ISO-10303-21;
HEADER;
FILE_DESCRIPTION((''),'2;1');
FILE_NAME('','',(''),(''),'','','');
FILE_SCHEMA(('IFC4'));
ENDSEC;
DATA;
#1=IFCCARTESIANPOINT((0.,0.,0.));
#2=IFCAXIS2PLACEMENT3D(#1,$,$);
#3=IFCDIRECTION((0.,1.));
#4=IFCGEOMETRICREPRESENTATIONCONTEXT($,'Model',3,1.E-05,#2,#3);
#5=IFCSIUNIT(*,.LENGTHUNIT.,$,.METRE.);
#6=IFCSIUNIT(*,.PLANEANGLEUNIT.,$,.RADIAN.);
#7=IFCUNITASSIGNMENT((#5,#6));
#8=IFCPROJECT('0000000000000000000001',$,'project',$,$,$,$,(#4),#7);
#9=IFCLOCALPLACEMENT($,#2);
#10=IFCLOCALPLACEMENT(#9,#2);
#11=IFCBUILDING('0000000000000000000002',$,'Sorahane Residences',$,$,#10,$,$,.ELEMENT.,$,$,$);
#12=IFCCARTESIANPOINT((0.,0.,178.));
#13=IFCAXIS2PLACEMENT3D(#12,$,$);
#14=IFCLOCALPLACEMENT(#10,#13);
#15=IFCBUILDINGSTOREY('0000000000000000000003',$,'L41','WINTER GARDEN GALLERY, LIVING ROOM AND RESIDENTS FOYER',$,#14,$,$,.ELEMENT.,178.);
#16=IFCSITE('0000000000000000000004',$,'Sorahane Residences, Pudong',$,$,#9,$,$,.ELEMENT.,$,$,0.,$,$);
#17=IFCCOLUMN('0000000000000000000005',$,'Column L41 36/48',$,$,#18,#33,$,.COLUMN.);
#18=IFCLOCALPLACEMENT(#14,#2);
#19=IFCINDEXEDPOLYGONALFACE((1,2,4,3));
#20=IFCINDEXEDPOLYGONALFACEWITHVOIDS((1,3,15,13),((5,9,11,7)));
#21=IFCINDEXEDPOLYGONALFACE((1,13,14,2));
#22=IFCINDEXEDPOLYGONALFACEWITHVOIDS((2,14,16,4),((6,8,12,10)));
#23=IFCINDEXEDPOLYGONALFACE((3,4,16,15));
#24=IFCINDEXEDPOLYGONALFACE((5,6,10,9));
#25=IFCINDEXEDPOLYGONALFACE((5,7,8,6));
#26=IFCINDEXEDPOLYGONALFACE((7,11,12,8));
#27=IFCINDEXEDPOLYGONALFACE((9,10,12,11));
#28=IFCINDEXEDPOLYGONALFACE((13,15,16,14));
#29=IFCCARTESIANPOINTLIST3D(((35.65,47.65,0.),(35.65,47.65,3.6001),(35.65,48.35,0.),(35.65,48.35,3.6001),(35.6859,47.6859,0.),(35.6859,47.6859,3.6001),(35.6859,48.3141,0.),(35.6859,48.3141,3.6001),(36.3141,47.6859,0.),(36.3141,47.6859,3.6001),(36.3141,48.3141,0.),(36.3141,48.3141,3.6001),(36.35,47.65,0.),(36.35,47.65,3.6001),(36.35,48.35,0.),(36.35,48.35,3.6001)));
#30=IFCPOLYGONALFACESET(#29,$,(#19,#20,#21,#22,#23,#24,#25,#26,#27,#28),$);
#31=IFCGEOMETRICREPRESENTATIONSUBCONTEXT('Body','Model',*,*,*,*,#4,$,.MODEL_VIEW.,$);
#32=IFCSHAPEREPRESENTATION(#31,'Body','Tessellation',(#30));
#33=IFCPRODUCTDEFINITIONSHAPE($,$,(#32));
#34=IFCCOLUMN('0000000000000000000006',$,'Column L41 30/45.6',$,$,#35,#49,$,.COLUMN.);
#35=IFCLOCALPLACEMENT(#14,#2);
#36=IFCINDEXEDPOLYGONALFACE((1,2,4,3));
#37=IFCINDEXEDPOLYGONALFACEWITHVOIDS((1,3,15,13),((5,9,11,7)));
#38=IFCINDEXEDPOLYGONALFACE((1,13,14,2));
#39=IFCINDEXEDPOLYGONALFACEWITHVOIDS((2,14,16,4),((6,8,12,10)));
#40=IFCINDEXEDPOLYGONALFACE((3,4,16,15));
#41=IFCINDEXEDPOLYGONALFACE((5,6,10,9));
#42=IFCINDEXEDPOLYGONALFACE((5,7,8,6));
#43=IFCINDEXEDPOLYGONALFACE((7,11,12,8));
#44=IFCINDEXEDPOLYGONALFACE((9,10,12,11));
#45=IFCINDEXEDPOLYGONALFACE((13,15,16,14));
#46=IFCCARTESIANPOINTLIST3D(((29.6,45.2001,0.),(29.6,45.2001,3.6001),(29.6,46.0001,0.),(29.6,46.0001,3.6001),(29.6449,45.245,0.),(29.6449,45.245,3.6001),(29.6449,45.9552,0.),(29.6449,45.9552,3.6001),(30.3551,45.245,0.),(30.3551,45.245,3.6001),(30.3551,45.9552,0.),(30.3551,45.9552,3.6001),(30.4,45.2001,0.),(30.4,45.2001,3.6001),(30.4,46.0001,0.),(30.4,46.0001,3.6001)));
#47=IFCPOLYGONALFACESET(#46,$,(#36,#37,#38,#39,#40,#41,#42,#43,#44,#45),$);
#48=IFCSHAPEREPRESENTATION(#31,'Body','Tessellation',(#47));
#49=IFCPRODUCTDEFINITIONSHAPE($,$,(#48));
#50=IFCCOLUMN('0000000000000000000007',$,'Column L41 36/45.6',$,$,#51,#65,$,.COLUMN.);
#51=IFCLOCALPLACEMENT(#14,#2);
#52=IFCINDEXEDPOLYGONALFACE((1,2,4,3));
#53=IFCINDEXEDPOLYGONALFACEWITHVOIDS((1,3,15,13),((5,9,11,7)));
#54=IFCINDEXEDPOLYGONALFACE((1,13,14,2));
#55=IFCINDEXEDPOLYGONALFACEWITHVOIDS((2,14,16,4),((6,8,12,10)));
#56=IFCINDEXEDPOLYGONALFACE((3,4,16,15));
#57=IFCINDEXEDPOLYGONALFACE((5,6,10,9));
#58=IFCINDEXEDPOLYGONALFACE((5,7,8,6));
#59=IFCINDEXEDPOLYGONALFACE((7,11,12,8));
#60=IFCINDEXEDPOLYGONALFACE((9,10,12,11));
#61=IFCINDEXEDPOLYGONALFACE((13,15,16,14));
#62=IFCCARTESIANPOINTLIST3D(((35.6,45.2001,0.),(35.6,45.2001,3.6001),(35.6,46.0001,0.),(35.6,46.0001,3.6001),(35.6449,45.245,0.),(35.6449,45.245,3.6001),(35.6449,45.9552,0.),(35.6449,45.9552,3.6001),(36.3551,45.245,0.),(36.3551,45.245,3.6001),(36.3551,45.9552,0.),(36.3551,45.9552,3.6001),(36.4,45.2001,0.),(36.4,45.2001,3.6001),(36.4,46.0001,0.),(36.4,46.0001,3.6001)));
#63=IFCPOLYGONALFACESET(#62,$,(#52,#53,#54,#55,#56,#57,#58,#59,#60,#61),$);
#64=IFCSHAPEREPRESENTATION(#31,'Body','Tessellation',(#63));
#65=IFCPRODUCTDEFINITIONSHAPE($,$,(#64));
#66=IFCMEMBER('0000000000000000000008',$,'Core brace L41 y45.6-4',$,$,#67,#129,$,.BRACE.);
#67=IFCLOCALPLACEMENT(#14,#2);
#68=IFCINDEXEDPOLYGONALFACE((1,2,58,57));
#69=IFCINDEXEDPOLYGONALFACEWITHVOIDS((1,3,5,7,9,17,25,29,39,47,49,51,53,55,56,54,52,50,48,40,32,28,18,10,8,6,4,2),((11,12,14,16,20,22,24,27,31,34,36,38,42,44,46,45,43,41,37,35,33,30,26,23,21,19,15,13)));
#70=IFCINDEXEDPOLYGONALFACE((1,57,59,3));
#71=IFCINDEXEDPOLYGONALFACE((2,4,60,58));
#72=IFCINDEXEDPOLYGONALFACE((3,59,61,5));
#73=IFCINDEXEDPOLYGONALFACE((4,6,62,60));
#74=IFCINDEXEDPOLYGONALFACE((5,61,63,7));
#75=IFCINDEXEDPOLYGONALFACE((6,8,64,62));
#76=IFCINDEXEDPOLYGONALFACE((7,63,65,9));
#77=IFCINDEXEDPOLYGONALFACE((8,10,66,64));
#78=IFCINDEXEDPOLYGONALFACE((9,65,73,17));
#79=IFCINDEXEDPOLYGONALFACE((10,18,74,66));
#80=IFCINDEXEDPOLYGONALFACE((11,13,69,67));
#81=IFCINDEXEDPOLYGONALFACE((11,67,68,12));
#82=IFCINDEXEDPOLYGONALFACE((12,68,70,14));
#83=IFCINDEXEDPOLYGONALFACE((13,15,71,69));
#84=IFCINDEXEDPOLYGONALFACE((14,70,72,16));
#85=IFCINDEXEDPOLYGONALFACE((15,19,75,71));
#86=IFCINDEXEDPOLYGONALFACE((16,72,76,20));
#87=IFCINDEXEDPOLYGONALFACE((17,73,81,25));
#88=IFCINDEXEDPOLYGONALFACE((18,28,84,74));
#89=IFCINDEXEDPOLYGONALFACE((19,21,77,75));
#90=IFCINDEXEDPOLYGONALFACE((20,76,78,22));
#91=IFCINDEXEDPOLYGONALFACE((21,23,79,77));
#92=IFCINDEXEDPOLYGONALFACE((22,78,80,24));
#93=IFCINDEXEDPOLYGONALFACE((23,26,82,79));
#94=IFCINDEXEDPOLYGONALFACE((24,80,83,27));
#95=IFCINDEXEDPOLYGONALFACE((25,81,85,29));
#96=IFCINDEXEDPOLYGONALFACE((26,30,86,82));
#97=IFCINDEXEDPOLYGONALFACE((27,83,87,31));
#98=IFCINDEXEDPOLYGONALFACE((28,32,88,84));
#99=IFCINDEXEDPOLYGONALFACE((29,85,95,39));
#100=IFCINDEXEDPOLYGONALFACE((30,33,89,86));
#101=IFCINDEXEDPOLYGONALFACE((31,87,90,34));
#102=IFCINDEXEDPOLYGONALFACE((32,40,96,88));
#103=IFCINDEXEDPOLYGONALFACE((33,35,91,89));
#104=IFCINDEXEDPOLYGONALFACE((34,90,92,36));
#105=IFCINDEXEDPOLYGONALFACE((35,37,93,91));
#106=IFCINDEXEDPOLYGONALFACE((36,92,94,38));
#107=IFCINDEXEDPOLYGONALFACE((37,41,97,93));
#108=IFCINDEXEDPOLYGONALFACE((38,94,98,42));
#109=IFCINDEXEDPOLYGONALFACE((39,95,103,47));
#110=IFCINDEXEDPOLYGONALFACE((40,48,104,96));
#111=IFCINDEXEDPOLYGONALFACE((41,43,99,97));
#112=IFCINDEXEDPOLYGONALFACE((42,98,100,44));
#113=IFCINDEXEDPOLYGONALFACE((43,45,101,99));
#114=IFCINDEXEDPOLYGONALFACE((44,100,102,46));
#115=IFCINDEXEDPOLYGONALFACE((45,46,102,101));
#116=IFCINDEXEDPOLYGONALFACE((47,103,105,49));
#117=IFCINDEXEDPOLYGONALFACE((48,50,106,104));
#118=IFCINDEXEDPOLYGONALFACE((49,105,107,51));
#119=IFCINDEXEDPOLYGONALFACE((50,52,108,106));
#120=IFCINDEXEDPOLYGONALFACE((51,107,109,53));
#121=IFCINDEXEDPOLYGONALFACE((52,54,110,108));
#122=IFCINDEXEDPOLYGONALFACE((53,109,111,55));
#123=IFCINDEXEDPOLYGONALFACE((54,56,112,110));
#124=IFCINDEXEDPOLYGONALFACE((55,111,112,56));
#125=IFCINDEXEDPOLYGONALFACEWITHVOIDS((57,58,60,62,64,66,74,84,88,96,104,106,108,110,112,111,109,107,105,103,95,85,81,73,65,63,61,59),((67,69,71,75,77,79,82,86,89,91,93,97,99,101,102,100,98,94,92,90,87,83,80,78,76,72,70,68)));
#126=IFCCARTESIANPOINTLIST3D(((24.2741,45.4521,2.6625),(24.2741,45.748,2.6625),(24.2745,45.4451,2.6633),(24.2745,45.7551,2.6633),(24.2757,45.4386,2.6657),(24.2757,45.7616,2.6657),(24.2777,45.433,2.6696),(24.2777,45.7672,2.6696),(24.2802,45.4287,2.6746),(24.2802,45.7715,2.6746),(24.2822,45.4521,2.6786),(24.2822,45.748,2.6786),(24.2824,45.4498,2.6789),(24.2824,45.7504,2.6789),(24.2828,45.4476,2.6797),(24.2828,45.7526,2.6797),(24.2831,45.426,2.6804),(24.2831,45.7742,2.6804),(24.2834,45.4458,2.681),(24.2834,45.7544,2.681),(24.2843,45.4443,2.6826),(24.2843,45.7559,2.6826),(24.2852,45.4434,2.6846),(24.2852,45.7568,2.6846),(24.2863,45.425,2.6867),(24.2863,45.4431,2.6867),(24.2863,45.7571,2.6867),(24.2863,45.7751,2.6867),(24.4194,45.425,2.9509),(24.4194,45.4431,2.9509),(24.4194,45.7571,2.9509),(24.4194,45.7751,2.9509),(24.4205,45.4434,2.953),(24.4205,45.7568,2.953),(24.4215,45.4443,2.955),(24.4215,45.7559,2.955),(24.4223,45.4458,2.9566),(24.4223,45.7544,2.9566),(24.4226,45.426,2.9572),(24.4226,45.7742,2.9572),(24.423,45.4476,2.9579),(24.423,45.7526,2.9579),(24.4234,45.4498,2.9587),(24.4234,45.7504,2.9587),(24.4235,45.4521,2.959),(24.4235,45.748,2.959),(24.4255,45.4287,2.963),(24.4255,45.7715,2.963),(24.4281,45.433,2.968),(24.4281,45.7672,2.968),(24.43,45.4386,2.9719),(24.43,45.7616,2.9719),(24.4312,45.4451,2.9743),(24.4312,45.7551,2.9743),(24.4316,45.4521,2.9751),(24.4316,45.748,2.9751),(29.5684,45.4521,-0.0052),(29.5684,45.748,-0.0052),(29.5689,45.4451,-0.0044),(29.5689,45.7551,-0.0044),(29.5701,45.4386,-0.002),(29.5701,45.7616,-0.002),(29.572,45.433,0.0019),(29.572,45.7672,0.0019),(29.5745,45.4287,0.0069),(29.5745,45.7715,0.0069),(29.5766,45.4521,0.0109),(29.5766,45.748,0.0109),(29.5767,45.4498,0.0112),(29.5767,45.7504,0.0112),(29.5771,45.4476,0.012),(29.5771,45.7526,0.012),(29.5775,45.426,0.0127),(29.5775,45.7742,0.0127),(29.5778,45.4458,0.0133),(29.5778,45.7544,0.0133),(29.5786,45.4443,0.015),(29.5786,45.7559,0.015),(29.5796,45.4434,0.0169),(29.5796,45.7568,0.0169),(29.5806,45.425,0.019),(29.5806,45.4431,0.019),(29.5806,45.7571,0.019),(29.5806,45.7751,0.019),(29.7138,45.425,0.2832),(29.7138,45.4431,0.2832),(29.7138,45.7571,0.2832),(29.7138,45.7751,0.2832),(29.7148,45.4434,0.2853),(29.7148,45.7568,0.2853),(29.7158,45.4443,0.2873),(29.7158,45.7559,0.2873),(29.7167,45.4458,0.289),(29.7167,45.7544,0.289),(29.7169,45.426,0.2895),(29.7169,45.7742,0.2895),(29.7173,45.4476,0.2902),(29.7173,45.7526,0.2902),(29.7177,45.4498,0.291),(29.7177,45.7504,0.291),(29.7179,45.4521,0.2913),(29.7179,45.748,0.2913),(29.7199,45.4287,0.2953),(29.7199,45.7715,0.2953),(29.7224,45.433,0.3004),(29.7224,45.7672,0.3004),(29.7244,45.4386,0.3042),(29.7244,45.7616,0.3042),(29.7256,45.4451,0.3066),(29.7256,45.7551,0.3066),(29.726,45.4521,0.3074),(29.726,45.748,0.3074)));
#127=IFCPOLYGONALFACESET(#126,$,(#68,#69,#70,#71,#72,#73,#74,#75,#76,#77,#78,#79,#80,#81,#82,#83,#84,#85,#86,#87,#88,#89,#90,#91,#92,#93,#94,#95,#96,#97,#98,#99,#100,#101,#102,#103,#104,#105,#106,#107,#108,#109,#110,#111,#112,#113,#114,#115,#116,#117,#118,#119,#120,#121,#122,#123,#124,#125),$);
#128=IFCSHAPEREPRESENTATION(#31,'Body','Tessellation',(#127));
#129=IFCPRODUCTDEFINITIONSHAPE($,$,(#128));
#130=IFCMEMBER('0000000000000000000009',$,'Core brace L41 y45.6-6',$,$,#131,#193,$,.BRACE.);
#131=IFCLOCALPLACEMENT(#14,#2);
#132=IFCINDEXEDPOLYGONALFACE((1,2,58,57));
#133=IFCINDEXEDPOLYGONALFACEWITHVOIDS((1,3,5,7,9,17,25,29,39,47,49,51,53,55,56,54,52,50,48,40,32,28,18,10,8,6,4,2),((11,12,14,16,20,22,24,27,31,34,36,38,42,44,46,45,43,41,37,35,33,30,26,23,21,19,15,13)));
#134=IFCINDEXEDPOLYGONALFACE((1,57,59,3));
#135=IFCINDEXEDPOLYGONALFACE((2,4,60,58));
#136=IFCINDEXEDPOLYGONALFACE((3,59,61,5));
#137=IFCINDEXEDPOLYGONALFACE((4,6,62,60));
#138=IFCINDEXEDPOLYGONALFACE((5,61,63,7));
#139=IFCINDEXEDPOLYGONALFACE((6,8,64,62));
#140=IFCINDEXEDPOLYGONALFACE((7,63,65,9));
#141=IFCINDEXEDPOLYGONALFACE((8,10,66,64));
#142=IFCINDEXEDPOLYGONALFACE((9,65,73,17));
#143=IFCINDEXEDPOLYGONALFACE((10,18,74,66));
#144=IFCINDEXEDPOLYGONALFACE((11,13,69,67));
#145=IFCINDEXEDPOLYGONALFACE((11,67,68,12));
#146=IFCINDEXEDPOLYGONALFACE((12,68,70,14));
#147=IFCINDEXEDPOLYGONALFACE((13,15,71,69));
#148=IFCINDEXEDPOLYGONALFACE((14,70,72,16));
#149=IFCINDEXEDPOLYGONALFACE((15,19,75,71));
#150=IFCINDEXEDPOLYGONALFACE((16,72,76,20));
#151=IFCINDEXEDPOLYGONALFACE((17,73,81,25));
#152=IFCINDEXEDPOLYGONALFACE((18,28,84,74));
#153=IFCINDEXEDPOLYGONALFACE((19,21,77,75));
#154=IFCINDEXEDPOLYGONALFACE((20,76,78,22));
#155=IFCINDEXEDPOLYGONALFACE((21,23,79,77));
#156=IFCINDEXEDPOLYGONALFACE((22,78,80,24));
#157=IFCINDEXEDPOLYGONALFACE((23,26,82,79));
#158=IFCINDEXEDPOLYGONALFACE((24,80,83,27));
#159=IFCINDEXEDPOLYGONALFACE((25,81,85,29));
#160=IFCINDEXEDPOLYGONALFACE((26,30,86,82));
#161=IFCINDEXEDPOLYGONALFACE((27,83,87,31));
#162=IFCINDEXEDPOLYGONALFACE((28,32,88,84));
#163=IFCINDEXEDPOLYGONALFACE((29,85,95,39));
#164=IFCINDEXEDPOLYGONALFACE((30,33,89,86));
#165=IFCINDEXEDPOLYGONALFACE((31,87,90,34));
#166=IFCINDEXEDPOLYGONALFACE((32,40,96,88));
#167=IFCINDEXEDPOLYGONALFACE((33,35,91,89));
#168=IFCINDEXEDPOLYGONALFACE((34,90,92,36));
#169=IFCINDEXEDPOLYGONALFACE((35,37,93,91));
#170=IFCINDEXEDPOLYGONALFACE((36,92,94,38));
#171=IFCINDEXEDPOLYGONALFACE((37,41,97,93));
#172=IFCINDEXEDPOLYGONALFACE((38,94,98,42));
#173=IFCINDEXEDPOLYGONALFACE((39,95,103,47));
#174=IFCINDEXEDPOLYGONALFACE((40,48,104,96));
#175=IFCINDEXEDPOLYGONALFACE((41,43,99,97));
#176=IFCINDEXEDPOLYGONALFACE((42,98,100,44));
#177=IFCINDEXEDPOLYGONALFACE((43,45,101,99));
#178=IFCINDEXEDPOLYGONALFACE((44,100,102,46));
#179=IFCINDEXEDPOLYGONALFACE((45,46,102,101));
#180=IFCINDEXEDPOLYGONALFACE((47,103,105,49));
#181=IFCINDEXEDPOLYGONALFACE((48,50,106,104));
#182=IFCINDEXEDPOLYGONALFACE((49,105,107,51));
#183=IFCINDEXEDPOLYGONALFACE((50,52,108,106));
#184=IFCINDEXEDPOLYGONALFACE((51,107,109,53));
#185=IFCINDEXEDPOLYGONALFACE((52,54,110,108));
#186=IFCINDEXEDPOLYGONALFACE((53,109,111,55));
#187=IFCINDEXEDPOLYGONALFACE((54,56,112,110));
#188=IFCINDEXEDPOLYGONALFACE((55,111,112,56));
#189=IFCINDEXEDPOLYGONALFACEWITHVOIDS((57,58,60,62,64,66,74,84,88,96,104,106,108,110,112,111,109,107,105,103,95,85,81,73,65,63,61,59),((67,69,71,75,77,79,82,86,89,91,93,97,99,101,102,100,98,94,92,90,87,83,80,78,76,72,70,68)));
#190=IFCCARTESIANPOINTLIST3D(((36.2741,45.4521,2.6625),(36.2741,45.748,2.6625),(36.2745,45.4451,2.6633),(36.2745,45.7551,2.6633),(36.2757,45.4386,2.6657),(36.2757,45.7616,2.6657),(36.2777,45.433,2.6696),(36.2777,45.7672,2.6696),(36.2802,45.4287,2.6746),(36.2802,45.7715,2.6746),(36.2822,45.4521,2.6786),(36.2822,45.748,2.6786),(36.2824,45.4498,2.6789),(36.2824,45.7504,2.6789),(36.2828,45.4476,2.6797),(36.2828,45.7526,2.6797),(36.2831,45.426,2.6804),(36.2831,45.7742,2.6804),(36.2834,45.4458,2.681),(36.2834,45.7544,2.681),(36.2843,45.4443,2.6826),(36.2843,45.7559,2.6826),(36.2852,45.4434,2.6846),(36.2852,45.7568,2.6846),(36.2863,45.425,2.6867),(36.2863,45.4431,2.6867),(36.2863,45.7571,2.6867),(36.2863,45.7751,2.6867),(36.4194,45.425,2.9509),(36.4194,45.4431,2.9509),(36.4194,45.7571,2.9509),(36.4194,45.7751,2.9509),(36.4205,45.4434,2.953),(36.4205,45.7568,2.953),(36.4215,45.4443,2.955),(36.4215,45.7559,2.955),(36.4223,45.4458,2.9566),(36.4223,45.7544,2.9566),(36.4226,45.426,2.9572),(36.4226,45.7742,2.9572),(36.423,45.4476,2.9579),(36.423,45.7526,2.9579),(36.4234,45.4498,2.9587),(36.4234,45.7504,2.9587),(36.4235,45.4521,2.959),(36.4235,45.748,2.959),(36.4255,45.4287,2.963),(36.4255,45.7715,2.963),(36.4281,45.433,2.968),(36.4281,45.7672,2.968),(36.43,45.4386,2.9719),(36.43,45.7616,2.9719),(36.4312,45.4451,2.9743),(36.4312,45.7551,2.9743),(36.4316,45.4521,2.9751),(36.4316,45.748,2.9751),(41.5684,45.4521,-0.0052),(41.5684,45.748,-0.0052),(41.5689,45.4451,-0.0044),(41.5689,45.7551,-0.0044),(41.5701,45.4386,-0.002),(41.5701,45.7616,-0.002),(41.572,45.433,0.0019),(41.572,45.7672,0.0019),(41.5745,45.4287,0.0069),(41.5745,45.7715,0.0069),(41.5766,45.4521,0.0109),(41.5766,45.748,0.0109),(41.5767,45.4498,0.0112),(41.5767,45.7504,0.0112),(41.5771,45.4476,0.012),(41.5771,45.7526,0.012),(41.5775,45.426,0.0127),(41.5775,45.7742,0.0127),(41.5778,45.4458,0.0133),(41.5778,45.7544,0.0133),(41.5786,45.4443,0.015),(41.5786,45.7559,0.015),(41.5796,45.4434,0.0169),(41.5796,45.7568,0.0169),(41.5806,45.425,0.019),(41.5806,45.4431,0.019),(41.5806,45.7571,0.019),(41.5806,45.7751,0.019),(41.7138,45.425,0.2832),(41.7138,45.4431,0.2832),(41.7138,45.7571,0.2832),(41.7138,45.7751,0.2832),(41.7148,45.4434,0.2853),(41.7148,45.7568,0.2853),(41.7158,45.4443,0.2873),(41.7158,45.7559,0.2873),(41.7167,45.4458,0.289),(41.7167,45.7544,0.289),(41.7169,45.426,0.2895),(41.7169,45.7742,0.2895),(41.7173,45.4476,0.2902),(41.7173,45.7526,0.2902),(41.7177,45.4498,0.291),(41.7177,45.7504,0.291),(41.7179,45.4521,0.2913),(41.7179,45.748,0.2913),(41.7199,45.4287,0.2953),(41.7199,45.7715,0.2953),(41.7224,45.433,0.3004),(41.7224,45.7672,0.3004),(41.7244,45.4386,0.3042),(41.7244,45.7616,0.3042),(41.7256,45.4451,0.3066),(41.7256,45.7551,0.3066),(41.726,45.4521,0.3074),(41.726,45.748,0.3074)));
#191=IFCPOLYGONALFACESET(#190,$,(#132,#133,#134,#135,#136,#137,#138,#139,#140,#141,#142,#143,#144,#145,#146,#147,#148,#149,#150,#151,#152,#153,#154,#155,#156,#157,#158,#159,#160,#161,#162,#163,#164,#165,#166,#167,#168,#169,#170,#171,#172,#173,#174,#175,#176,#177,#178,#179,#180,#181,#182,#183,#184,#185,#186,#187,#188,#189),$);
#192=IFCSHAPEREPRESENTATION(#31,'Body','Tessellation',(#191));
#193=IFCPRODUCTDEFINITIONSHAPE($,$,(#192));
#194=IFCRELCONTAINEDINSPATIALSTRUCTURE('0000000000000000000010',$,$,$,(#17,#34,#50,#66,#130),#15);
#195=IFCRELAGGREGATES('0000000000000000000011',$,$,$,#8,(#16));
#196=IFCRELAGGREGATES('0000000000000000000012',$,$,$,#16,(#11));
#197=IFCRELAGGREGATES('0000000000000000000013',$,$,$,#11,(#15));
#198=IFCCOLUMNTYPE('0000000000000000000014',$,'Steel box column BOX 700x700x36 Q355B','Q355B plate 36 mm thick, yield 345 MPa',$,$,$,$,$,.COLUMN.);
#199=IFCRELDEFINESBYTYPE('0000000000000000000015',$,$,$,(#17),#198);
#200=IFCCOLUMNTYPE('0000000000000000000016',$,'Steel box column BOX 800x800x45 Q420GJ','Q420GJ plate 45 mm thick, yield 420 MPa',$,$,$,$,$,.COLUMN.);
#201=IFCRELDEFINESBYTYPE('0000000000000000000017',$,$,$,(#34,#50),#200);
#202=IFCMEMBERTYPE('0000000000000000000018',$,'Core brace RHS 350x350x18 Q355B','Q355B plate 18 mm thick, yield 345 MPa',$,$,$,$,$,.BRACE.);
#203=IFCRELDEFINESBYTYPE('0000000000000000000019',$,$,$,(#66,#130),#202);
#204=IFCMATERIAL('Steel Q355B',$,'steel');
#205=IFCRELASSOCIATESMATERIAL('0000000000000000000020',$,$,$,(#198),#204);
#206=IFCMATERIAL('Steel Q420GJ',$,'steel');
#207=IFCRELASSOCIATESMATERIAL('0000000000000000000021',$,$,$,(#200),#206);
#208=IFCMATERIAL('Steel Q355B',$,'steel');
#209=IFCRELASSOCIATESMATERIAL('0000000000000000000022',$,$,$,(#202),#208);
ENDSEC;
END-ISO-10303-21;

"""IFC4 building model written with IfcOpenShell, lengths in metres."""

from ifc_helpers import new_model, si_unit, direction, frame, origin, origin_2d, place, context, subcontext, project, spatial, hollow_rectangle, extrude, material, material_profile, profile_set, type_object, element, save


model = new_model("IFC4")

# Units and contexts
model_context = context("Model", 3, precision=1e-05, world=origin(), true_north=direction((0.0, 1.0)))
body_context = subcontext(model_context, "Body", "Model", "MODEL_VIEW")
ifc_project = project(units=[si_unit("LENGTHUNIT", "METRE"), si_unit("PLANEANGLEUNIT", "RADIAN")], contexts=[model_context])

# Site, building, storey
site_placement = place(None, origin())
site = spatial("IfcSite", under=ifc_project, at=site_placement, Name="Sorahane Residences, Pudong", CompositionType="ELEMENT", RefElevation=0.0)
building_placement = place(site_placement, origin())
building = spatial("IfcBuilding", under=site, at=building_placement, Name="Sorahane Residences", CompositionType="ELEMENT")
storey_placement = place(building_placement, frame((0.0, 0.0, 178.0)))
storey = spatial("IfcBuildingStorey", under=building, at=storey_placement, Name="L41", Description="WINTER GARDEN GALLERY, LIVING ROOM AND RESIDENTS FOYER", CompositionType="ELEMENT", Elevation=178.0)

# Columns
ifc_material_1 = material(Name="Steel Q355B", Category="steel")
ifc_material_profile_1 = material_profile(ifc_material_1, hollow_rectangle(XDim=0.7, YDim=0.7, WallThickness=0.0359, at=origin_2d()), Name="BOX 700x700x36")
ifc_profile_set_1 = profile_set([ifc_material_profile_1], Name="Steel Q355B")
column_type_1 = type_object("IfcColumnType", Name="Steel box column BOX 700x700x36 Q355B", Description="Q355B plate 36 mm thick, yield 345 MPa", PredefinedType="COLUMN", material=ifc_profile_set_1)
column_placement = place(storey_placement, frame((36.0, 48.0, 0.0), z_axis=(0.0, 0.0, 1.0), x_axis=(1.0, 0.0, 0.0)))
element("IfcColumn", 1, at=column_placement, inside=storey, type_object=column_type_1, Name="Column L41 36/48", PredefinedType="COLUMN", context=body_context, shape_type="SweptSolid", body=[
    extrude(hollow_rectangle(XDim=0.7, YDim=0.7, WallThickness=0.0359, at=origin_2d()), origin(), (0.0, 0.0, 1.0), 3.6001),
])
ifc_material_2 = material(Name="Steel Q420GJ", Category="steel")
ifc_material_profile_2 = material_profile(ifc_material_2, hollow_rectangle(XDim=0.8, YDim=0.8, WallThickness=0.0449, at=origin_2d()), Name="BOX 800x800x45")
ifc_profile_set_2 = profile_set([ifc_material_profile_2], Name="Steel Q420GJ")
column_type_2 = type_object("IfcColumnType", Name="Steel box column BOX 800x800x45 Q420GJ", Description="Q420GJ plate 45 mm thick, yield 420 MPa", PredefinedType="COLUMN", material=ifc_profile_set_2)
for number, where, z_axis, x_axis, name in (
    (2, (30.0, 45.6001, 0.0), (0.0, 0.0, 1.0), (1.0, 0.0, 0.0), "Column L41 30/45.6"),
    (3, (36.0, 45.6001, 0.0), (0.0, 0.0, 1.0), (1.0, 0.0, 0.0), "Column L41 36/45.6"),
):
    element("IfcColumn", number, at=place(storey_placement, frame(where, z_axis=z_axis, x_axis=x_axis)), inside=storey, type_object=column_type_2, Name=name, PredefinedType="COLUMN", context=body_context, shape_type="SweptSolid", body=[
        extrude(hollow_rectangle(XDim=0.8, YDim=0.8, WallThickness=0.0449, at=origin_2d()), origin(), (0.0, 0.0, 1.0), 3.6001),
    ])

# Members
ifc_material_3 = material(Name="Steel Q355B", Category="steel")
ifc_material_profile_3 = material_profile(ifc_material_3, hollow_rectangle(XDim=0.3501, YDim=0.3501, WallThickness=0.0181, InnerFilletRadius=0.009, OuterFilletRadius=0.0271, at=origin_2d()), Name="RHS 350x350x18")
ifc_profile_set_3 = profile_set([ifc_material_profile_3], Name="Steel Q355B")
member_type_1 = type_object("IfcMemberType", Name="Core brace RHS 350x350x18 Q355B", Description="Q355B plate 18 mm thick, yield 345 MPa", PredefinedType="BRACE", material=ifc_profile_set_3)
for number, where, z_axis, x_axis, name in (
    (4, (29.6472, 45.6001, 0.1511), (-0.893039, 0.0, 0.449979), (0.0, -1.0, 0.0), "Core brace L41 y45.6-4"),
    (5, (41.6472, 45.6001, 0.1511), (-0.893039, 0.0, 0.449979), (0.0, -1.0, 0.0), "Core brace L41 y45.6-6"),
):
    element("IfcMember", number, at=place(storey_placement, frame(where, z_axis=z_axis, x_axis=x_axis)), inside=storey, type_object=member_type_1, Name=name, PredefinedType="BRACE", context=body_context, shape_type="SweptSolid", body=[
        extrude(hollow_rectangle(XDim=0.3501, YDim=0.3501, WallThickness=0.0181, InnerFilletRadius=0.009, OuterFilletRadius=0.0271, at=origin_2d()), origin(), (0.0, 0.0, 1.0), 5.9285),
    ])

save(model, "model.ifc")
